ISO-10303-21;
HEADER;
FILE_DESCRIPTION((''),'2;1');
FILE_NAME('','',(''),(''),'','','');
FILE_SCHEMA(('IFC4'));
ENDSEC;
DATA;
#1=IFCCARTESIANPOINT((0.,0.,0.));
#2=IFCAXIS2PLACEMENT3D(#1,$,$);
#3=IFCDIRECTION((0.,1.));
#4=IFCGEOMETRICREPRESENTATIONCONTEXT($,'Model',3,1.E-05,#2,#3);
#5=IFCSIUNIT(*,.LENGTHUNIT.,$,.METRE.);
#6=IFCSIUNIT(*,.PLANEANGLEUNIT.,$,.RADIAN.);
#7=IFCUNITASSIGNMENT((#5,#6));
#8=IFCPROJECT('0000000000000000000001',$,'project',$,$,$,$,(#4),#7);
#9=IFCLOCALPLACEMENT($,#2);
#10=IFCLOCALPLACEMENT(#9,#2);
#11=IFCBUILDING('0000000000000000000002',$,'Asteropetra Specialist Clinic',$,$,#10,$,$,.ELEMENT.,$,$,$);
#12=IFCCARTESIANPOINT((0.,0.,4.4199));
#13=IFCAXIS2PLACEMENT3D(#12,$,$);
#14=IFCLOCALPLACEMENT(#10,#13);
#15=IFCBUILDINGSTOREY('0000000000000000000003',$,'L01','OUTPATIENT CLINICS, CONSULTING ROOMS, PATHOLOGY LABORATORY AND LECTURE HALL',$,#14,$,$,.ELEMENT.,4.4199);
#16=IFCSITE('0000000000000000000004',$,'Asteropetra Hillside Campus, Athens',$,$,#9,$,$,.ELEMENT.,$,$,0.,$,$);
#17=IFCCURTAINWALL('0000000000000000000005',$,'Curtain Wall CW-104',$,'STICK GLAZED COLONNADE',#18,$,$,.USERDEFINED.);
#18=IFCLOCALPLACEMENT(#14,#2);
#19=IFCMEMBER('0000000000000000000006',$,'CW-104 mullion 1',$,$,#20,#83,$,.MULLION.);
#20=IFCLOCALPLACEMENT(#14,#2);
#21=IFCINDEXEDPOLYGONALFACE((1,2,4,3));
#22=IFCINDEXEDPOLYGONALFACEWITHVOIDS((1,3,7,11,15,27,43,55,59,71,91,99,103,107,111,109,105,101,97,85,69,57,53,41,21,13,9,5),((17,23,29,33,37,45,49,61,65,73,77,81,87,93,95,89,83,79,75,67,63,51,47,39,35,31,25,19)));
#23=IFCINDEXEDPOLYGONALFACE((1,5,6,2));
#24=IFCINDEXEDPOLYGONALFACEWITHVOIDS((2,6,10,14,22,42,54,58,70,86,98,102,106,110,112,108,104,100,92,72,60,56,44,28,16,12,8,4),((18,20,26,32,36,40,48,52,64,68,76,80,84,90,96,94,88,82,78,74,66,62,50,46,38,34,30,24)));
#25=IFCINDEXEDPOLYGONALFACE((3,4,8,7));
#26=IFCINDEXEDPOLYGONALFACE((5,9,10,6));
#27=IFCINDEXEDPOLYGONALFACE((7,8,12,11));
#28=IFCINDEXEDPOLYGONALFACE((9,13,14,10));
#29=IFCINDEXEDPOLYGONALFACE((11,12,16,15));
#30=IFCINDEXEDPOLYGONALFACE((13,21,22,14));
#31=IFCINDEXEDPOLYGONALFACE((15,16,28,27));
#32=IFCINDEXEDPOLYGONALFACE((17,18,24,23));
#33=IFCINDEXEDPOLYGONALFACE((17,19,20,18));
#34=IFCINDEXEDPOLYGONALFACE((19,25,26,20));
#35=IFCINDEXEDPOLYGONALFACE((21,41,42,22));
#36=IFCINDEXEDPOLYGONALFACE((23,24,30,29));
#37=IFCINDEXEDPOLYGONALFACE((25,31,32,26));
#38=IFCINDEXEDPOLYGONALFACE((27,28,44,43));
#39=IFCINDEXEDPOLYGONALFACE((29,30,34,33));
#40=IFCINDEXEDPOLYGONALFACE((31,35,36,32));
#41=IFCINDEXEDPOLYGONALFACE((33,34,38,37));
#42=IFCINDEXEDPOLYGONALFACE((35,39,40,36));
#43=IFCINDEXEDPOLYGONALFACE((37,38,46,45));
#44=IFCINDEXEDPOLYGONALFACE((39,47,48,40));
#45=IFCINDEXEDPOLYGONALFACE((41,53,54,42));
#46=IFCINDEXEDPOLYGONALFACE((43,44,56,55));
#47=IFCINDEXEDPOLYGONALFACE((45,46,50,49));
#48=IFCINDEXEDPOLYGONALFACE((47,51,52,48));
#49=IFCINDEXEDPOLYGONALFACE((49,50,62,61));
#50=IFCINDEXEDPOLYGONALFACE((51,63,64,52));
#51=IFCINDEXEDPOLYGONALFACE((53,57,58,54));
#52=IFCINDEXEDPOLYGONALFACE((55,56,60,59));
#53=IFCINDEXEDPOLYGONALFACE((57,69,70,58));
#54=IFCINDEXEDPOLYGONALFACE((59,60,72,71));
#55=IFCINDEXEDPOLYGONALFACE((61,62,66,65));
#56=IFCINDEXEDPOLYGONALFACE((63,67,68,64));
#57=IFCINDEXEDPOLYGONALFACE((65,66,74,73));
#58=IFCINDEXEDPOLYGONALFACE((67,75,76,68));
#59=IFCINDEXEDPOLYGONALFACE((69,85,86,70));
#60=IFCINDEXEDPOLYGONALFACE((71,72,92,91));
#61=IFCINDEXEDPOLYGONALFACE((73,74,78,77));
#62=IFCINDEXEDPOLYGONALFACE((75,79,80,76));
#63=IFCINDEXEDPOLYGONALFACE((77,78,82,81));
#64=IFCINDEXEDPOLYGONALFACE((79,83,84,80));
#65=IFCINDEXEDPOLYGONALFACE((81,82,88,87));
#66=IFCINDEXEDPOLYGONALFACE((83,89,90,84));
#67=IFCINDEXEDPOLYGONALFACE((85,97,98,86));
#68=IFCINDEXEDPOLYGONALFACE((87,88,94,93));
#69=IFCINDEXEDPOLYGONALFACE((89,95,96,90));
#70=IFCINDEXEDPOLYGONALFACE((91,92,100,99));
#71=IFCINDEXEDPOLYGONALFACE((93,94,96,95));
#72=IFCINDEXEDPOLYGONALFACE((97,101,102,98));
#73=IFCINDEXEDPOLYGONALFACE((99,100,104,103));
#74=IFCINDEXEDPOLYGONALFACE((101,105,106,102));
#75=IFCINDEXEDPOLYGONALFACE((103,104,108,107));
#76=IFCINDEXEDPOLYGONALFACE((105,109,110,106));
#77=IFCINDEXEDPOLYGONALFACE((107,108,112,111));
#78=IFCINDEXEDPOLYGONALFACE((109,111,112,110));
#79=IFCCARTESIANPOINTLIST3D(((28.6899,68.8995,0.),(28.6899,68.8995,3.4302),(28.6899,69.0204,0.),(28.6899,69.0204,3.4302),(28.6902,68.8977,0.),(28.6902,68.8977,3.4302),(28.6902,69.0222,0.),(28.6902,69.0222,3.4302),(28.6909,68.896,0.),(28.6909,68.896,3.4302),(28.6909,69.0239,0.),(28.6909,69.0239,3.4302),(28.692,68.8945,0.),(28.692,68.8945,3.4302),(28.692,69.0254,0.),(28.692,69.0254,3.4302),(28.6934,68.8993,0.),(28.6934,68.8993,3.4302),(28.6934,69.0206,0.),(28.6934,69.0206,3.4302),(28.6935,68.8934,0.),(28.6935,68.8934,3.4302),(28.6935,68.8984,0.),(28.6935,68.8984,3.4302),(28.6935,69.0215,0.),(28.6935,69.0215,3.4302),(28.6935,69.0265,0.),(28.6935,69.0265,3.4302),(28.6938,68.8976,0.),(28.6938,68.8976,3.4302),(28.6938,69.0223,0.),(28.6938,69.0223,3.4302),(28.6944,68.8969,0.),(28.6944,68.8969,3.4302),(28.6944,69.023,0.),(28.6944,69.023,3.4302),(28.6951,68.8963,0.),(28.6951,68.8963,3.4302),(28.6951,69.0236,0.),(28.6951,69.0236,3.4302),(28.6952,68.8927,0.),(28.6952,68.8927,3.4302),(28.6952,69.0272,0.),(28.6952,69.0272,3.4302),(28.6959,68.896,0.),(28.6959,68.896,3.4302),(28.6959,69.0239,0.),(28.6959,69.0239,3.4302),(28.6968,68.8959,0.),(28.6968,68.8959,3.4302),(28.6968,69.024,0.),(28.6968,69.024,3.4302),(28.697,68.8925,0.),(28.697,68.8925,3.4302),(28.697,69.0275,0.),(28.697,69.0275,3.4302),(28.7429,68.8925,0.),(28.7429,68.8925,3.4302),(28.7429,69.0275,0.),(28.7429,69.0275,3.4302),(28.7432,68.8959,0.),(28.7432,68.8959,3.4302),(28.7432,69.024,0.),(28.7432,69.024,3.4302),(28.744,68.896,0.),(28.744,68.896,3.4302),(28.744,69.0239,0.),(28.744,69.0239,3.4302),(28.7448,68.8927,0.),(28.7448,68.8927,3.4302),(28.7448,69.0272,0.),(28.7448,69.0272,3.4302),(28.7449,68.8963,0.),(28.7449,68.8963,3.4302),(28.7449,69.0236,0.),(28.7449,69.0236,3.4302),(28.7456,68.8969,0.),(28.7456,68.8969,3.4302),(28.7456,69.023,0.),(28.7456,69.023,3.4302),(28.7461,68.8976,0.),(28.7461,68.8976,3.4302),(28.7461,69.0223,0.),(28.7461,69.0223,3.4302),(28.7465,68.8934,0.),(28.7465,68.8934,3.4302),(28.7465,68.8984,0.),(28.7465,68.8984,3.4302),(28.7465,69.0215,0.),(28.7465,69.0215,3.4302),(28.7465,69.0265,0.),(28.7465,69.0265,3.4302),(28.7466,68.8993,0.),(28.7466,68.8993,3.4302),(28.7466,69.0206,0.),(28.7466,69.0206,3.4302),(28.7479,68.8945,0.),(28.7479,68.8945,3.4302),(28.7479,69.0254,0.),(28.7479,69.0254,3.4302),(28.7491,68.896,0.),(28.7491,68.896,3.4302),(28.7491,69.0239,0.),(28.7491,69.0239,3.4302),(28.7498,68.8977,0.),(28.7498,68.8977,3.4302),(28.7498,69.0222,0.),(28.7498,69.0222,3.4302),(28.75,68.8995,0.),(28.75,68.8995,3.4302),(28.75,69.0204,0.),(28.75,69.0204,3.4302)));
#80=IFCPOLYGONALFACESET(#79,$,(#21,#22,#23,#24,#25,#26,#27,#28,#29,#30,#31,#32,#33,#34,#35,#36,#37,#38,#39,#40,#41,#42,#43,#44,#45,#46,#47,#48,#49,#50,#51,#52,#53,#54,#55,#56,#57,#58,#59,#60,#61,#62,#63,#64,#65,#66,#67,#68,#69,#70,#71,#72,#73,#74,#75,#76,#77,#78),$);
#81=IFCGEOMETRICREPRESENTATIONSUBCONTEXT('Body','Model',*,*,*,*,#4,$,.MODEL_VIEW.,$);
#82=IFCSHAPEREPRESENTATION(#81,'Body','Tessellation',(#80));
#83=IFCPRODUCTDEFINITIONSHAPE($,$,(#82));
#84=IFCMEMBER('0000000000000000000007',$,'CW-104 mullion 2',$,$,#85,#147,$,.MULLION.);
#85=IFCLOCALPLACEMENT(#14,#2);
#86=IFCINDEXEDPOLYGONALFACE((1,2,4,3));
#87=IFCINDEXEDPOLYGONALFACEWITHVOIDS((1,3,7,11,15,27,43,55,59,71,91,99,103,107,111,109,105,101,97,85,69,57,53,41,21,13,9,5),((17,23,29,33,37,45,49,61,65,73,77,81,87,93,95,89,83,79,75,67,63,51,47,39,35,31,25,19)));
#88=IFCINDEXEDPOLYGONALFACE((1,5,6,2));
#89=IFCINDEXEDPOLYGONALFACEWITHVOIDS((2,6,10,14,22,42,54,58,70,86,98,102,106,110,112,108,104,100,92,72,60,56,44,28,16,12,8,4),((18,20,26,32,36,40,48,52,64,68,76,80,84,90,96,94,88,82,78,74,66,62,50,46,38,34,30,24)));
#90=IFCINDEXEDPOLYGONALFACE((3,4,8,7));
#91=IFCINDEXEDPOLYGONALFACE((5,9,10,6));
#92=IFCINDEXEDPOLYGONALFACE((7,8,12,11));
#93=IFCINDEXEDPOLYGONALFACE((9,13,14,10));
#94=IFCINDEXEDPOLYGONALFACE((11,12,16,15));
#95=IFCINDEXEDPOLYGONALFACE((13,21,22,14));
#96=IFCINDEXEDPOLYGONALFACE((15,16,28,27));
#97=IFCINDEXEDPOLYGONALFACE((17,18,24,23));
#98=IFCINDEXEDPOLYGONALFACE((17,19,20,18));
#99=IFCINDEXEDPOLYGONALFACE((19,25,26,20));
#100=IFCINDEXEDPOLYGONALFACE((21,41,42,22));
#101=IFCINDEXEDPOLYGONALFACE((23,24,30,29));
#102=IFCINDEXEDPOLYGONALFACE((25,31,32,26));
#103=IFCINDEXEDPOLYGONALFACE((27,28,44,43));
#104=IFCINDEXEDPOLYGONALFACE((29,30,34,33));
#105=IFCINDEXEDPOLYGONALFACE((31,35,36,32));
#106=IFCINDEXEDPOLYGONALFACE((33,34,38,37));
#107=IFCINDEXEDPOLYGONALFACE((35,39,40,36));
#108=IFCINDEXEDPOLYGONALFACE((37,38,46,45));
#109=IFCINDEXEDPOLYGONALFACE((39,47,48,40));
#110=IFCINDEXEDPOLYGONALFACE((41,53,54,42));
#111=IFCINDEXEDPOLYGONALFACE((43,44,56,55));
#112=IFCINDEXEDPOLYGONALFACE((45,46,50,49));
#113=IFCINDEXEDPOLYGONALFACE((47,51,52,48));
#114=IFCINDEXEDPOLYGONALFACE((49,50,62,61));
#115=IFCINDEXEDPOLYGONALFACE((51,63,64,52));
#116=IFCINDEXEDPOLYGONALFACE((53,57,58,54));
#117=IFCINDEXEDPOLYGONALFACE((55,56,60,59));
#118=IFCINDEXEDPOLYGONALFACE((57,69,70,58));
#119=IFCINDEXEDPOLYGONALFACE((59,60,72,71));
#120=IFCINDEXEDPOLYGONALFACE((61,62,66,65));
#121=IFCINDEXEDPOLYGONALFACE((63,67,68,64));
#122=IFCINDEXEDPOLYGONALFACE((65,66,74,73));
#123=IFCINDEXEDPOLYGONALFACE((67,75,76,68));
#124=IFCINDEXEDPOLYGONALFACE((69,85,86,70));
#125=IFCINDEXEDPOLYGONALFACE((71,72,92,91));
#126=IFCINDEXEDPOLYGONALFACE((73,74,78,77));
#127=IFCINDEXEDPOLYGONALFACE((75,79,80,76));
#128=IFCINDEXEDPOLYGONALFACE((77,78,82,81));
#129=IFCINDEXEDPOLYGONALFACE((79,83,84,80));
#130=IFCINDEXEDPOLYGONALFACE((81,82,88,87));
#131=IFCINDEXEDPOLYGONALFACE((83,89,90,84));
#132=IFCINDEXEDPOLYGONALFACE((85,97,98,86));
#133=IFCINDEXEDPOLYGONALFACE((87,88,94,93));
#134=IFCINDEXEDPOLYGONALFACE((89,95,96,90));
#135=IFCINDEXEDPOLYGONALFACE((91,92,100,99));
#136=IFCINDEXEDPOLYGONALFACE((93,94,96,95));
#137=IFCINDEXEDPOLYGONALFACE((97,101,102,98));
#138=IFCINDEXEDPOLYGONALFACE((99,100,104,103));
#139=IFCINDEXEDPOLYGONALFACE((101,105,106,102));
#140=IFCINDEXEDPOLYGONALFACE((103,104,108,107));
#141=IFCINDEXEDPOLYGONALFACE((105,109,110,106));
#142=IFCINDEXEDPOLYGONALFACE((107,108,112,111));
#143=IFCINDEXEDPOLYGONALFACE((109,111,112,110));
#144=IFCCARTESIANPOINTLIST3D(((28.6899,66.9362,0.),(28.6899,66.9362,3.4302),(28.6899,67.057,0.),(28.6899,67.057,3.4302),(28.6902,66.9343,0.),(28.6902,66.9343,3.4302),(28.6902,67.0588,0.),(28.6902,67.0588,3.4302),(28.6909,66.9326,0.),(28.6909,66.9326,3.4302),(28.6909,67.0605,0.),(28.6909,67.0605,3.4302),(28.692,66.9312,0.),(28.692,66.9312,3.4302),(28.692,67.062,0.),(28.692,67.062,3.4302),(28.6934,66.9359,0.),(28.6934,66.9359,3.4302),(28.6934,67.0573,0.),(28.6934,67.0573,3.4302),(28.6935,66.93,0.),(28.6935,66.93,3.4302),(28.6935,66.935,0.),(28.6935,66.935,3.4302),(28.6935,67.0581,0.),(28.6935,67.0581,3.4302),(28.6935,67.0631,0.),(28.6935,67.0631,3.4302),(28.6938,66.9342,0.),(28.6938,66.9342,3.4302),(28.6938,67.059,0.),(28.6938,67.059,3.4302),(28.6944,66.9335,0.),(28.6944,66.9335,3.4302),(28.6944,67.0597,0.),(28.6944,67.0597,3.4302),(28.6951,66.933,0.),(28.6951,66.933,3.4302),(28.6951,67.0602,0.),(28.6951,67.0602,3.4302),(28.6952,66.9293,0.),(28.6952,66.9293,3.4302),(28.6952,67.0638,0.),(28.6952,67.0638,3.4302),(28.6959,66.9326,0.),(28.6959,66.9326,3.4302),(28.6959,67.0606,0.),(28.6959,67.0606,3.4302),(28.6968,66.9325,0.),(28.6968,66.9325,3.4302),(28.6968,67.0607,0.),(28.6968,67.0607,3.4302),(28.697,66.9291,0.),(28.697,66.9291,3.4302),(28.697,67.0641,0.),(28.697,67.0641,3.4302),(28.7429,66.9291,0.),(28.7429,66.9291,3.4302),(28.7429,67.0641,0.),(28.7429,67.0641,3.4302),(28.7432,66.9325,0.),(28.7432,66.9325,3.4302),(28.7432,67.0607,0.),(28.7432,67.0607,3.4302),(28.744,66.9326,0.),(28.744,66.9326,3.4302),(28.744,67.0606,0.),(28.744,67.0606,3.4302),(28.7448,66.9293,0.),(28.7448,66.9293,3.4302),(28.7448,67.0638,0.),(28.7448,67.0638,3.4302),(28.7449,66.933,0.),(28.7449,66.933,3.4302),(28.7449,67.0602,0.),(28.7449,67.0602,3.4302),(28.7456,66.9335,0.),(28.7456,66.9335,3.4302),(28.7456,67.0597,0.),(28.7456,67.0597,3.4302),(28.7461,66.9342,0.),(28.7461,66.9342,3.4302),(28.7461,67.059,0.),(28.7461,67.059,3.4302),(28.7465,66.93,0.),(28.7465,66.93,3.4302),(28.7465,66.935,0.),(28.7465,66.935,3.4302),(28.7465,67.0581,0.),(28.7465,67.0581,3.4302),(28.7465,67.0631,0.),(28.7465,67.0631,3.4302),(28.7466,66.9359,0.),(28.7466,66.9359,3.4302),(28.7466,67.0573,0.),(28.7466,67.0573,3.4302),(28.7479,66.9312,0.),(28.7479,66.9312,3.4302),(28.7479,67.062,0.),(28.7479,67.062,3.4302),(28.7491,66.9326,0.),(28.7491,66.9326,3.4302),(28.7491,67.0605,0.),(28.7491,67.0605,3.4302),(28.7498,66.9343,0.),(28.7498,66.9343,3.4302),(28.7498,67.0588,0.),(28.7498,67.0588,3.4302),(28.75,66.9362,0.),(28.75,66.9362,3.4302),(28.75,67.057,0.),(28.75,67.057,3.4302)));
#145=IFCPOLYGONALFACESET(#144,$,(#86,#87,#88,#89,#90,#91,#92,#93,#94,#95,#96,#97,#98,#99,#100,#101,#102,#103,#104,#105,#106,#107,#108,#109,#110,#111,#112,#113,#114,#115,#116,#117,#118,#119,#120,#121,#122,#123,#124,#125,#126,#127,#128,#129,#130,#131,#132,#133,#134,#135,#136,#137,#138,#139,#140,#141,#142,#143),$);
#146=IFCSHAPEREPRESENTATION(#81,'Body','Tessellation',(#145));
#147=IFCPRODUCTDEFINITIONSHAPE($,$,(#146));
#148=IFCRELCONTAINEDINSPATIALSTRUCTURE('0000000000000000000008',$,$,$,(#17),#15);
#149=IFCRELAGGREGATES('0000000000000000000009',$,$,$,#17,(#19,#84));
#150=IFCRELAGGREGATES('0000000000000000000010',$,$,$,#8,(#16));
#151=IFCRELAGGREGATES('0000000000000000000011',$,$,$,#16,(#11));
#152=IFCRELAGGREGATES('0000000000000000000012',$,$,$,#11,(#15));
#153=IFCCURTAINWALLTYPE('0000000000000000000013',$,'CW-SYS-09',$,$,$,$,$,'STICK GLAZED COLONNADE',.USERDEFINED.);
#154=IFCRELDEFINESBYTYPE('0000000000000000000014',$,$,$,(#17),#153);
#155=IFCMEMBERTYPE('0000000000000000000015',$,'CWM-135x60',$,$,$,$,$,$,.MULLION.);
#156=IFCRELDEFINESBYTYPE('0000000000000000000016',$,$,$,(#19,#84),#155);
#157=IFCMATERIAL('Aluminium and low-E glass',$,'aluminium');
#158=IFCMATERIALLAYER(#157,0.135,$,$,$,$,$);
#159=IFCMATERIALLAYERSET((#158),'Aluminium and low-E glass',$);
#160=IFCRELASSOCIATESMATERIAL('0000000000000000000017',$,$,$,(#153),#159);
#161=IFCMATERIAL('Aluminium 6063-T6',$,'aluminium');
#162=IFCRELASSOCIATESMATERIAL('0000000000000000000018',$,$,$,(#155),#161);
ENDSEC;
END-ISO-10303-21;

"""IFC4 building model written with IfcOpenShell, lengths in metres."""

from ifc_helpers import new_model, si_unit, direction, frame, origin, origin_2d, place, context, subcontext, project, spatial, hollow_rectangle, extrude, material, layer, layer_set, material_profile, profile_set, type_object, element, aggregate, save


model = new_model("IFC4")

# Units and contexts
model_context = context("Model", 3, precision=1e-05, world=origin(), true_north=direction((0.0, 1.0)))
body_context = subcontext(model_context, "Body", "Model", "MODEL_VIEW")
ifc_project = project(units=[si_unit("LENGTHUNIT", "METRE"), si_unit("PLANEANGLEUNIT", "RADIAN")], contexts=[model_context])

# Site, building, storey
site_placement = place(None, origin())
site = spatial("IfcSite", under=ifc_project, at=site_placement, Name="Asteropetra Hillside Campus, Athens", CompositionType="ELEMENT", RefElevation=0.0)
building_placement = place(site_placement, origin())
building = spatial("IfcBuilding", under=site, at=building_placement, Name="Asteropetra Specialist Clinic", CompositionType="ELEMENT")
storey_placement = place(building_placement, frame((0.0, 0.0, 4.4199)))
storey = spatial("IfcBuildingStorey", under=building, at=storey_placement, Name="L01", Description="OUTPATIENT CLINICS, CONSULTING ROOMS, PATHOLOGY LABORATORY AND LECTURE HALL", CompositionType="ELEMENT", Elevation=4.4199)

# Curtain wall, members
ifc_material_1 = material(Name="Aluminium and low-E glass", Category="aluminium")
ifc_layer_1 = layer(ifc_material_1, 0.135)
ifc_layer_set_1 = layer_set([ifc_layer_1], Name="Aluminium and low-E glass")
curtain_wall_type = type_object("IfcCurtainWallType", Name="CW-SYS-09", ElementType="STICK GLAZED COLONNADE", PredefinedType="USERDEFINED", material=ifc_layer_set_1)
curtain_wall_placement = place(storey_placement, origin())
curtain_wall = element("IfcCurtainWall", 1, at=curtain_wall_placement, inside=storey, type_object=curtain_wall_type, Name="Curtain Wall CW-104", ObjectType="STICK GLAZED COLONNADE", PredefinedType="USERDEFINED")
ifc_material_2 = material(Name="Aluminium 6063-T6", Category="aluminium")
ifc_material_profile_1 = material_profile(ifc_material_2, hollow_rectangle(XDim=0.0601, YDim=0.135, WallThickness=0.0034, InnerFilletRadius=0.0034, OuterFilletRadius=0.0071, at=origin_2d()), Name="MUL 135x60x3.5")
ifc_profile_set_1 = profile_set([ifc_material_profile_1], Name="Aluminium 6063-T6")
member_type_1 = type_object("IfcMemberType", Name="CWM-135x60", PredefinedType="MULLION", material=ifc_profile_set_1)
member_1_placement = place(storey_placement, frame((28.72, 68.96, 0.0), z_axis=(0.0, 0.0, 1.0), x_axis=(1.0, 0.0, 0.0)))
member_1 = element("IfcMember", 2, at=member_1_placement, type_object=member_type_1, Name="CW-104 mullion 1", PredefinedType="MULLION", context=body_context, shape_type="SweptSolid", body=[
    extrude(hollow_rectangle(XDim=0.0601, YDim=0.135, WallThickness=0.0034, InnerFilletRadius=0.0034, OuterFilletRadius=0.0071, at=origin_2d()), origin(), (0.0, 0.0, 1.0), 3.4302),
])
member_2_placement = place(storey_placement, frame((28.72, 66.9966, 0.0), z_axis=(0.0, 0.0, 1.0), x_axis=(1.0, 0.0, 0.0)))
member_2 = element("IfcMember", 3, at=member_2_placement, type_object=member_type_1, Name="CW-104 mullion 2", PredefinedType="MULLION", context=body_context, shape_type="SweptSolid", body=[
    extrude(hollow_rectangle(XDim=0.0601, YDim=0.135, WallThickness=0.0034, InnerFilletRadius=0.0034, OuterFilletRadius=0.0071, at=origin_2d()), origin(), (0.0, 0.0, 1.0), 3.4302),
])
aggregate(curtain_wall, [member_1, member_2])

save(model, "model.ifc")
